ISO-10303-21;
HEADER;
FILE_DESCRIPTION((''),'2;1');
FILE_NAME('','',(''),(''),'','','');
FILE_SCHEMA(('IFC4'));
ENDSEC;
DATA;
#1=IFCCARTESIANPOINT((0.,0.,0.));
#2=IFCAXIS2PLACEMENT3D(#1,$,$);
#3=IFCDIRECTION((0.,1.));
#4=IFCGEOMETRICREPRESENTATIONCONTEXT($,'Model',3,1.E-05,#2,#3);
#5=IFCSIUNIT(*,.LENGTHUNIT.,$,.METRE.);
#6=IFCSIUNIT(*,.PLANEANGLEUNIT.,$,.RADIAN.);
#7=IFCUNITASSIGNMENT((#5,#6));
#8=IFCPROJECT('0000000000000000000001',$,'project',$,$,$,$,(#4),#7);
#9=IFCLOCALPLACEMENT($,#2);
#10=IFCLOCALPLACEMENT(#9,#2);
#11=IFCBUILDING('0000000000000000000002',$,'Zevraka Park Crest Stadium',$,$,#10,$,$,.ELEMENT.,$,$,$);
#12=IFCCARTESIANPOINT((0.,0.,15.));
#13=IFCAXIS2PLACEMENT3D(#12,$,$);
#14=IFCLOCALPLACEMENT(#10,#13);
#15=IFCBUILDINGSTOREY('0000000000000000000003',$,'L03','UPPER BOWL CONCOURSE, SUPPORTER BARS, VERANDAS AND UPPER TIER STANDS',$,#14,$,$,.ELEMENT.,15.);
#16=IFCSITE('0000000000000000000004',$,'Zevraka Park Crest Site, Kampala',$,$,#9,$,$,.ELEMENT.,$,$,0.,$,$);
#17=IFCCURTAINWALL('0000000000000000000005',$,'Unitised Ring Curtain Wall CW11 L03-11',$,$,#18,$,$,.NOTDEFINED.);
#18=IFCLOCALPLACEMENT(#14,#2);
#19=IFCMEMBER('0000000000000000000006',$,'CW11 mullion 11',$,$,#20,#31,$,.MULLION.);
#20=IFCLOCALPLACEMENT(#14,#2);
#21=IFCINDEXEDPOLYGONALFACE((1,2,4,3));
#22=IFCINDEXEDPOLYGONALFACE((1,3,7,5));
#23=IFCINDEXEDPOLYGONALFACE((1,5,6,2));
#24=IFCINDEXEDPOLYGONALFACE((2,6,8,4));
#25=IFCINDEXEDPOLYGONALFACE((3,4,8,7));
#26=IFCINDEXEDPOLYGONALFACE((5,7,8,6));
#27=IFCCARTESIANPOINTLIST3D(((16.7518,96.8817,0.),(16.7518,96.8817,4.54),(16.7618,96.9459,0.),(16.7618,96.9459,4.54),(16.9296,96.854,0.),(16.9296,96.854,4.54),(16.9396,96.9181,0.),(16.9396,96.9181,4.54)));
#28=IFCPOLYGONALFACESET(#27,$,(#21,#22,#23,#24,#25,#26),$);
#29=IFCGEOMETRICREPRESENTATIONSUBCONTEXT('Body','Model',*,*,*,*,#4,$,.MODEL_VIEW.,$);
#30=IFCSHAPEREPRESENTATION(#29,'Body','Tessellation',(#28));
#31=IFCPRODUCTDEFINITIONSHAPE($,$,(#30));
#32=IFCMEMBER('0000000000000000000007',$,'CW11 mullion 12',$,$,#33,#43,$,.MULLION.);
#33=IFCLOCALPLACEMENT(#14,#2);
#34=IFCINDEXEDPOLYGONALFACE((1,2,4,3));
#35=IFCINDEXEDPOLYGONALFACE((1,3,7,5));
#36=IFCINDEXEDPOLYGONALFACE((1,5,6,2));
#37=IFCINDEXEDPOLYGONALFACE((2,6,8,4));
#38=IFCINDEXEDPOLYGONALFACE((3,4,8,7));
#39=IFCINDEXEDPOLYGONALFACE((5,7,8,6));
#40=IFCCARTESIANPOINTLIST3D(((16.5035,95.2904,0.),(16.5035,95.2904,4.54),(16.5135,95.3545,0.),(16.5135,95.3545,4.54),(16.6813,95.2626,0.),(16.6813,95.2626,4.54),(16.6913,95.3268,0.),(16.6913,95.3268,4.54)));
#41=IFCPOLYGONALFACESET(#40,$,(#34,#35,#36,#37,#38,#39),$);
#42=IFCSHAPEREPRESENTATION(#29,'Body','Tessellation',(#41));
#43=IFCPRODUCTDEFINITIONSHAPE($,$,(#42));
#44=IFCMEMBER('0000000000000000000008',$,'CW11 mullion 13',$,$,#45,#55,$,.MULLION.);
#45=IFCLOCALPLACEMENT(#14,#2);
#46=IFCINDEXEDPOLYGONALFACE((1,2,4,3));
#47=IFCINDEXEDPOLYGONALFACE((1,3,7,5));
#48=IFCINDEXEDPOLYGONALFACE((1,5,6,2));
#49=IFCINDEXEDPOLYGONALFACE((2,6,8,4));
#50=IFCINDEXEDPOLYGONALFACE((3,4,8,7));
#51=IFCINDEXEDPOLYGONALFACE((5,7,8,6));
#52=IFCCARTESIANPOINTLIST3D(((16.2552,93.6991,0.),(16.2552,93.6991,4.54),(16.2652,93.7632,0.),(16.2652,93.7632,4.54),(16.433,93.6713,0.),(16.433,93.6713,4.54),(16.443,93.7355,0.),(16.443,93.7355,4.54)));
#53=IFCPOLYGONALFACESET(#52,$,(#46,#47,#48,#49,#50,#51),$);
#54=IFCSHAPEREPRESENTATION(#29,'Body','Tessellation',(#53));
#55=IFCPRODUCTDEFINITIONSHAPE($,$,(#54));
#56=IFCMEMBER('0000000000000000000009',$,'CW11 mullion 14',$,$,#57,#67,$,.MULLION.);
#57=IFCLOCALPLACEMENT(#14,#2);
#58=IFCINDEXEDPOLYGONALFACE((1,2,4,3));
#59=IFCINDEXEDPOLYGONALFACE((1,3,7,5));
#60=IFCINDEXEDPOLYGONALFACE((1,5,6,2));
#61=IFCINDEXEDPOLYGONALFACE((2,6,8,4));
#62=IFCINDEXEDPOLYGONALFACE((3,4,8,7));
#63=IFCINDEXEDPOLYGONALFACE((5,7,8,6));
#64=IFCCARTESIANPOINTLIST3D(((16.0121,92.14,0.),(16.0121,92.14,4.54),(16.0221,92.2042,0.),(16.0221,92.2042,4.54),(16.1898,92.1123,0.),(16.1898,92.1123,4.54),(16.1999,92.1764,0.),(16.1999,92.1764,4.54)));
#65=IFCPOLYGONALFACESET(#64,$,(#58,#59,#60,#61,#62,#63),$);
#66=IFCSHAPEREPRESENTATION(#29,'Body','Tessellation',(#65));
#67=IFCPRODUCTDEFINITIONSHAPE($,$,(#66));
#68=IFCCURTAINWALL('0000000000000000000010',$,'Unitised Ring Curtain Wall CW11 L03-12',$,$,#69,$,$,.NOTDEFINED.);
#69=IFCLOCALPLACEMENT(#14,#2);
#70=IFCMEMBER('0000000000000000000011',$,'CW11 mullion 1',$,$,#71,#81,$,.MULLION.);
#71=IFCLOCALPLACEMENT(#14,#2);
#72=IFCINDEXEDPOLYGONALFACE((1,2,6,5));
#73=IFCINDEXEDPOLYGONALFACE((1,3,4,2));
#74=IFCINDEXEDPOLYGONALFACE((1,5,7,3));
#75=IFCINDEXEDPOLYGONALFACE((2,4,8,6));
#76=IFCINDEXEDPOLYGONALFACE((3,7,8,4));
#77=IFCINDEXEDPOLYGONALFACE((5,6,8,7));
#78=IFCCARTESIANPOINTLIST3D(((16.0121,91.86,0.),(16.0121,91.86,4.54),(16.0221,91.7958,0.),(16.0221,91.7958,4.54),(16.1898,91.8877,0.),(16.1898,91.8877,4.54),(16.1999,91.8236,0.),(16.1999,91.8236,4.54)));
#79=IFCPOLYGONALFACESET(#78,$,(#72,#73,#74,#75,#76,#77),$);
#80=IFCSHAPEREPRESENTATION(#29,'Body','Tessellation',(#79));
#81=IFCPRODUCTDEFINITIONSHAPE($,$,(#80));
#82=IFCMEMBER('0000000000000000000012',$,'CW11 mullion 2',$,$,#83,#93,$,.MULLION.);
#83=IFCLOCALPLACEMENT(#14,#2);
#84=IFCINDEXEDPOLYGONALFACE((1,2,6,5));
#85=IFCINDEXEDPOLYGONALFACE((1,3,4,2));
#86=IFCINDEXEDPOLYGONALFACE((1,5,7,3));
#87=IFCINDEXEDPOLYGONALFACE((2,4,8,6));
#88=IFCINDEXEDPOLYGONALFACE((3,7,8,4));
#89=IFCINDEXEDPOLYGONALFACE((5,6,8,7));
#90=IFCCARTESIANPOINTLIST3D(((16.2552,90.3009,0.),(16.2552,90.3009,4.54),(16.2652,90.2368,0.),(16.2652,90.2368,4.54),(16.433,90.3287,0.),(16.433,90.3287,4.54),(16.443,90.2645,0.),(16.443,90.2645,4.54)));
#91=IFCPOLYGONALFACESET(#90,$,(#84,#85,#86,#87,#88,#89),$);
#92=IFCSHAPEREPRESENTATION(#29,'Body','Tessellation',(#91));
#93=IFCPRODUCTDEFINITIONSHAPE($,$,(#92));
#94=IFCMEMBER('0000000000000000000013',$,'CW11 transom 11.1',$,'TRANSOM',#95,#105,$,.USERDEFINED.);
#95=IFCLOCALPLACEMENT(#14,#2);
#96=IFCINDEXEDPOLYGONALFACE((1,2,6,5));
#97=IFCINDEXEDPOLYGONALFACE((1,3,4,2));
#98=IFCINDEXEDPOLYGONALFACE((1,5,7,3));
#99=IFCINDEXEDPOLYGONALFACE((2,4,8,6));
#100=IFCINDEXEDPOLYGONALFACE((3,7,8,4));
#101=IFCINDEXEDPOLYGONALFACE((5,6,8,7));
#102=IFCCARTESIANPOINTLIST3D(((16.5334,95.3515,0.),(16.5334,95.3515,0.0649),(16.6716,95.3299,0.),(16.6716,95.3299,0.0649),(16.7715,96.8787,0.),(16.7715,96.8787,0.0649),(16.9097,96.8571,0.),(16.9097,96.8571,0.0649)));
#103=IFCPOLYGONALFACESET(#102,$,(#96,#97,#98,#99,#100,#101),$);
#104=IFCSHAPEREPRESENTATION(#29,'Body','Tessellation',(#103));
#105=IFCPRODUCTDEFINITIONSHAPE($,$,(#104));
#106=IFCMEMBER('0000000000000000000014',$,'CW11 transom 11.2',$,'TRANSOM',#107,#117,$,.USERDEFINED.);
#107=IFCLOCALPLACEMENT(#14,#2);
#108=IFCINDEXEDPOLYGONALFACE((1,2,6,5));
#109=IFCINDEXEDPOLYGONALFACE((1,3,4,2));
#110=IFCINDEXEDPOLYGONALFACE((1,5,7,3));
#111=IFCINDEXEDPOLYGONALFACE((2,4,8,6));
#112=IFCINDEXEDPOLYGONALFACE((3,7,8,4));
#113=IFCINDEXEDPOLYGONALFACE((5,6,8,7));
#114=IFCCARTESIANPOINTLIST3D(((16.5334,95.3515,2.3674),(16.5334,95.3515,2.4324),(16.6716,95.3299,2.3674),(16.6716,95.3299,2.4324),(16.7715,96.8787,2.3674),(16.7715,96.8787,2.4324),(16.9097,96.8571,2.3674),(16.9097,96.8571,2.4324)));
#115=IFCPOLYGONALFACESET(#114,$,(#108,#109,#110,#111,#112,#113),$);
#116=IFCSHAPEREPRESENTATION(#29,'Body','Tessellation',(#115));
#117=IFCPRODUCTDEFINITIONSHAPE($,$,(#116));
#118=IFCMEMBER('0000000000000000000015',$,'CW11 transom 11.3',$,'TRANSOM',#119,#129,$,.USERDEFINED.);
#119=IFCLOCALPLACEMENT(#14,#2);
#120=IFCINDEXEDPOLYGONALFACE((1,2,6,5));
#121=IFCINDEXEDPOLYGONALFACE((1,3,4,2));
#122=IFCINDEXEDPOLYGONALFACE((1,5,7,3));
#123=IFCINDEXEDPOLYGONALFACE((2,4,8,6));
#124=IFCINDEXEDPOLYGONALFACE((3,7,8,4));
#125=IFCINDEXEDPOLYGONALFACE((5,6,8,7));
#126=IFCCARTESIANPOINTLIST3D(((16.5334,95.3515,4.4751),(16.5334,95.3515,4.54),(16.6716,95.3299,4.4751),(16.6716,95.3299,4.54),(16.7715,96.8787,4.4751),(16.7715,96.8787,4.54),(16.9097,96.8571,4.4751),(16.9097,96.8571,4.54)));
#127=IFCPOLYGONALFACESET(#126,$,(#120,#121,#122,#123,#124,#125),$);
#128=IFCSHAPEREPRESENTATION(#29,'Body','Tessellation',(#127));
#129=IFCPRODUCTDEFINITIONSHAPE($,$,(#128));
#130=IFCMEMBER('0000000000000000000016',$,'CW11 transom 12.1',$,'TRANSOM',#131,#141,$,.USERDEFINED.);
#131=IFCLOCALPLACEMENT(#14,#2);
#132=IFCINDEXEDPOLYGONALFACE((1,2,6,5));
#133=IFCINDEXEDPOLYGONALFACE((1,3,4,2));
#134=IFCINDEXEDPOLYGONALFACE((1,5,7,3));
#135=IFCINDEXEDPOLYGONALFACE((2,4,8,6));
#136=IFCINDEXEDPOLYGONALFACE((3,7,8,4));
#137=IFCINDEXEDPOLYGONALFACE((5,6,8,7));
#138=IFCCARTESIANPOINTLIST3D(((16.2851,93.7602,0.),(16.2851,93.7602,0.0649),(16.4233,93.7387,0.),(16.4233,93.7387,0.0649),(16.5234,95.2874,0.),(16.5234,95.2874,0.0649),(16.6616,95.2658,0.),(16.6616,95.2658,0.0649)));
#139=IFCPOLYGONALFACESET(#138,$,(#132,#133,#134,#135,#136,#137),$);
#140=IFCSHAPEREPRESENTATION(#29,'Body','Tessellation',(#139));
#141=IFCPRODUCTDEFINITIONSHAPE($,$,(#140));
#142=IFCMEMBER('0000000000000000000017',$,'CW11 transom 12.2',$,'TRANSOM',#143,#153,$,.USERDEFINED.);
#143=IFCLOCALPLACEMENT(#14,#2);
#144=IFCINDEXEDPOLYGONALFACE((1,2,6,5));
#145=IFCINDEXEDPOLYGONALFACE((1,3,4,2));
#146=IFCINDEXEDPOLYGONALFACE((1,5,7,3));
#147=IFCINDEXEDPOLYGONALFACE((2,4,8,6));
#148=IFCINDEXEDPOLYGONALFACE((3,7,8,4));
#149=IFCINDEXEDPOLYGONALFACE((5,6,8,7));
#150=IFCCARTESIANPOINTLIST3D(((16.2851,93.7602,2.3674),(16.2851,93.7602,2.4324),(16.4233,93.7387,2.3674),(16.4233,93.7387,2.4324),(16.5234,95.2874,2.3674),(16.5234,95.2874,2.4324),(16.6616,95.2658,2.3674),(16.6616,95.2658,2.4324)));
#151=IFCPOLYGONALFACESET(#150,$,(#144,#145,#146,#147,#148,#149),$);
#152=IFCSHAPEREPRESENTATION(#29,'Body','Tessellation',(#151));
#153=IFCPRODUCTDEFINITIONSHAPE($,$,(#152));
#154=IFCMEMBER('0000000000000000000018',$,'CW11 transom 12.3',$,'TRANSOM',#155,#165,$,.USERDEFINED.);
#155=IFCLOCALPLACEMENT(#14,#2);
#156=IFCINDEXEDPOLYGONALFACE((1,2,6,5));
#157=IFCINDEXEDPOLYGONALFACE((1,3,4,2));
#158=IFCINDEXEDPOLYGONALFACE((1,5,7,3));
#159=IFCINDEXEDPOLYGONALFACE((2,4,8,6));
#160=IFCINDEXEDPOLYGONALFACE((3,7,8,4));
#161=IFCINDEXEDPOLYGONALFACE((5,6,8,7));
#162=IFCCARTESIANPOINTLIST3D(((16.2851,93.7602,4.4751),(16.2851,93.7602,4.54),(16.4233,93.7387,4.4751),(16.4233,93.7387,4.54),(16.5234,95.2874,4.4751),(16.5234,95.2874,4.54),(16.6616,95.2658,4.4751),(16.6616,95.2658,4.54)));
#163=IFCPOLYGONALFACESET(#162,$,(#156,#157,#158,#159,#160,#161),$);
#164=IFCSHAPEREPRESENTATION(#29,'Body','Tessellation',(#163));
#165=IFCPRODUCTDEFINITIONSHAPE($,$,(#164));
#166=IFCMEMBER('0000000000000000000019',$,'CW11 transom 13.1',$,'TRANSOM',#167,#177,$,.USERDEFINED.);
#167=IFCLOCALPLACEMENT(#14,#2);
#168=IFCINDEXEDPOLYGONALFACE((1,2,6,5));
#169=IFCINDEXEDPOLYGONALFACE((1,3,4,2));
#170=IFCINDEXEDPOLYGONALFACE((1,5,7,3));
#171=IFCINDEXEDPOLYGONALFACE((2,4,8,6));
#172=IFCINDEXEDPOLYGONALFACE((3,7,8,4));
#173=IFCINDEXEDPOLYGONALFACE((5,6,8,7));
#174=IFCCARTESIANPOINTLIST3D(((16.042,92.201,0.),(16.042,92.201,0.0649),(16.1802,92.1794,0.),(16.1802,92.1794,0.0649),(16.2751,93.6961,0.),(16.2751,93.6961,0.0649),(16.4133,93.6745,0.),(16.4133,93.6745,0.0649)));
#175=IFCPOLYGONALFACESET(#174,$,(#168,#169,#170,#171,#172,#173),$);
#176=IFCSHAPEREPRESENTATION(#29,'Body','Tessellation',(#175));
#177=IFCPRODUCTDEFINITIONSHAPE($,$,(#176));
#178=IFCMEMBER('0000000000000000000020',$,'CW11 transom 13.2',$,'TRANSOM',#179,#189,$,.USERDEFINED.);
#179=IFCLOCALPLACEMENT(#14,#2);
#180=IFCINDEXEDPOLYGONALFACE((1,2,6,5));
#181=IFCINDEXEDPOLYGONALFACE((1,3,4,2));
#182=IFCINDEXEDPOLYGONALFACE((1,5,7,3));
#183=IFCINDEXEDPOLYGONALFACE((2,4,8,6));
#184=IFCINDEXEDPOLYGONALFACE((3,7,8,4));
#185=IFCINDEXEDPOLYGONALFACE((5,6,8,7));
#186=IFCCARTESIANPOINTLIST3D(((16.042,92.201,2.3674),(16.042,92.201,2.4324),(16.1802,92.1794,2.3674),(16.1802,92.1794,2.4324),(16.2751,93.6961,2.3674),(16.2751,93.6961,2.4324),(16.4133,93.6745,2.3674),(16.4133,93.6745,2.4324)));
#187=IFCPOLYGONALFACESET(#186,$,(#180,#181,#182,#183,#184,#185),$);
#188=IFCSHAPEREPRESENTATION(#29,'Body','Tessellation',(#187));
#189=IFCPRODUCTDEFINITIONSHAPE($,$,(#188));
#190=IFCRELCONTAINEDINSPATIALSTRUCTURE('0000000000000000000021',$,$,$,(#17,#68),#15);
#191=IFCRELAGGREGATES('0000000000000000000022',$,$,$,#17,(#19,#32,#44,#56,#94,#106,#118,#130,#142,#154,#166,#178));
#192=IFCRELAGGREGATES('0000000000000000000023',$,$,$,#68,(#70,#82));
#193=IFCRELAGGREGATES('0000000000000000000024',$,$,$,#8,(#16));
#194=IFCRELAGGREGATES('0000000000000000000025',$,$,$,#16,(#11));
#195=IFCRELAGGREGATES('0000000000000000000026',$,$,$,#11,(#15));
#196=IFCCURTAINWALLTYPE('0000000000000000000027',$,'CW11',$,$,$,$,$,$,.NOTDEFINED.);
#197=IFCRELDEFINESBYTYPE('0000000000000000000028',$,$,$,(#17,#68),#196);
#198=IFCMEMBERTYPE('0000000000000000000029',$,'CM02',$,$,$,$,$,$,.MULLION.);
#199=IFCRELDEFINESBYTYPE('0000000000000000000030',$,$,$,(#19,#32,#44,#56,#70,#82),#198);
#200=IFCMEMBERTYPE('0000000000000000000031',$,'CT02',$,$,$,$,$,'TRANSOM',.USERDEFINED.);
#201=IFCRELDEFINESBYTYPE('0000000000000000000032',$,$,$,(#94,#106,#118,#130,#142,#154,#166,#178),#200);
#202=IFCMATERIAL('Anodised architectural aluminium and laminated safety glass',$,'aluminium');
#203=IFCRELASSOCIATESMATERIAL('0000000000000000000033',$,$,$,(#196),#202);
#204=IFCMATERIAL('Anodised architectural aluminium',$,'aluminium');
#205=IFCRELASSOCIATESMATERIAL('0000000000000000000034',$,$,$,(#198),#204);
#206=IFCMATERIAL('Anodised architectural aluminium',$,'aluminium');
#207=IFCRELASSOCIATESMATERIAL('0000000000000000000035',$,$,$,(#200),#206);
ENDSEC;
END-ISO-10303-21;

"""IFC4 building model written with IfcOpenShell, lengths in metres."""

from ifc_helpers import new_model, si_unit, direction, frame, origin, origin_2d, place, context, subcontext, project, spatial, rectangle, extrude, material, material_profile, profile_set, type_object, element, aggregate, save


model = new_model("IFC4")

# Units and contexts
model_context = context("Model", 3, precision=1e-05, world=origin(), true_north=direction((0.0, 1.0)))
body_context = subcontext(model_context, "Body", "Model", "MODEL_VIEW")
ifc_project = project(units=[si_unit("LENGTHUNIT", "METRE"), si_unit("PLANEANGLEUNIT", "RADIAN")], contexts=[model_context])

# Site, building, storey
site_placement = place(None, origin())
site = spatial("IfcSite", under=ifc_project, at=site_placement, Name="Zevraka Park Crest Site, Kampala", CompositionType="ELEMENT", RefElevation=0.0)
building_placement = place(site_placement, origin())
building = spatial("IfcBuilding", under=site, at=building_placement, Name="Zevraka Park Crest Stadium", CompositionType="ELEMENT")
storey_placement = place(building_placement, frame((0.0, 0.0, 15.0)))
storey = spatial("IfcBuildingStorey", under=building, at=storey_placement, Name="L03", Description="UPPER BOWL CONCOURSE, SUPPORTER BARS, VERANDAS AND UPPER TIER STANDS", CompositionType="ELEMENT", Elevation=15.0)

# Curtain walls, members
ifc_material_1 = material(Name="Anodised architectural aluminium and laminated safety glass", Category="aluminium")
curtain_wall_type = type_object("IfcCurtainWallType", Name="CW11", PredefinedType="NOTDEFINED", material=ifc_material_1)
curtain_wall_1_placement = place(storey_placement, origin())
curtain_wall_1 = element("IfcCurtainWall", 1, at=curtain_wall_1_placement, inside=storey, type_object=curtain_wall_type, Name="Unitised Ring Curtain Wall CW11 L03-11", PredefinedType="NOTDEFINED")
ifc_material_2 = material(Name="Anodised architectural aluminium", Category="aluminium")
ifc_material_profile_1 = material_profile(ifc_material_2, rectangle(XDim=0.1799, YDim=0.0649, at=origin_2d()), Name="ALU MULLION 180x65")
ifc_profile_set_1 = profile_set([ifc_material_profile_1], Name="Anodised architectural aluminium")
member_type_1 = type_object("IfcMemberType", Name="CM02", PredefinedType="MULLION", material=ifc_profile_set_1)
member_1_placement = place(storey_placement, frame((16.8457, 96.8999, 0.0), z_axis=(0.0, 0.0, 1.0), x_axis=(0.988051, -0.154128, 0.0)))
member_1 = element("IfcMember", 2, at=member_1_placement, type_object=member_type_1, Name="CW11 mullion 11", PredefinedType="MULLION", context=body_context, shape_type="SweptSolid", body=[
    extrude(rectangle(XDim=0.1799, YDim=0.0649, at=origin_2d()), origin(), (0.0, 0.0, 1.0), 4.54),
])
member_2_placement = place(storey_placement, frame((16.5974, 95.3086, 0.0), z_axis=(0.0, 0.0, 1.0), x_axis=(0.988051, -0.154128, 0.0)))
member_2 = element("IfcMember", 3, at=member_2_placement, type_object=member_type_1, Name="CW11 mullion 12", PredefinedType="MULLION", context=body_context, shape_type="SweptSolid", body=[
    extrude(rectangle(XDim=0.1799, YDim=0.0649, at=origin_2d()), origin(), (0.0, 0.0, 1.0), 4.54),
])
member_3_placement = place(storey_placement, frame((16.3491, 93.7173, 0.0), z_axis=(0.0, 0.0, 1.0), x_axis=(0.988051, -0.154128, 0.0)))
member_3 = element("IfcMember", 4, at=member_3_placement, type_object=member_type_1, Name="CW11 mullion 13", PredefinedType="MULLION", context=body_context, shape_type="SweptSolid", body=[
    extrude(rectangle(XDim=0.1799, YDim=0.0649, at=origin_2d()), origin(), (0.0, 0.0, 1.0), 4.54),
])
member_4_placement = place(storey_placement, frame((16.106, 92.1582, 0.0), z_axis=(0.0, 0.0, 1.0), x_axis=(0.988051, -0.154128, 0.0)))
member_4 = element("IfcMember", 5, at=member_4_placement, type_object=member_type_1, Name="CW11 mullion 14", PredefinedType="MULLION", context=body_context, shape_type="SweptSolid", body=[
    extrude(rectangle(XDim=0.1799, YDim=0.0649, at=origin_2d()), origin(), (0.0, 0.0, 1.0), 4.54),
])
curtain_wall_2_placement = place(storey_placement, origin())
curtain_wall_2 = element("IfcCurtainWall", 6, at=curtain_wall_2_placement, inside=storey, type_object=curtain_wall_type, Name="Unitised Ring Curtain Wall CW11 L03-12", PredefinedType="NOTDEFINED")
member_5_placement = place(storey_placement, frame((16.106, 91.8418, 0.0), z_axis=(0.0, 0.0, 1.0), x_axis=(0.988051, 0.154128, 0.0)))
member_5 = element("IfcMember", 7, at=member_5_placement, type_object=member_type_1, Name="CW11 mullion 1", PredefinedType="MULLION", context=body_context, shape_type="SweptSolid", body=[
    extrude(rectangle(XDim=0.1799, YDim=0.0649, at=origin_2d()), origin(), (0.0, 0.0, 1.0), 4.54),
])
member_6_placement = place(storey_placement, frame((16.3491, 90.2827, 0.0), z_axis=(0.0, 0.0, 1.0), x_axis=(0.988051, 0.154128, 0.0)))
member_6 = element("IfcMember", 8, at=member_6_placement, type_object=member_type_1, Name="CW11 mullion 2", PredefinedType="MULLION", context=body_context, shape_type="SweptSolid", body=[
    extrude(rectangle(XDim=0.1799, YDim=0.0649, at=origin_2d()), origin(), (0.0, 0.0, 1.0), 4.54),
])

# Members
ifc_material_3 = material(Name="Anodised architectural aluminium", Category="aluminium")
ifc_material_profile_2 = material_profile(ifc_material_3, rectangle(XDim=0.1399, YDim=0.0649, at=origin_2d()), Name="ALU TRANSOM 140x65")
ifc_profile_set_2 = profile_set([ifc_material_profile_2], Name="Anodised architectural aluminium")
member_type_2 = type_object("IfcMemberType", Name="CT02", ElementType="TRANSOM", PredefinedType="USERDEFINED", material=ifc_profile_set_2)
member_7_placement = place(storey_placement, frame((16.8406, 96.8679, 0.0325), z_axis=(-0.154015, -0.988068, 0.0), x_axis=(0.988068, -0.154015, 0.0)))
member_7 = element("IfcMember", 9, at=member_7_placement, type_object=member_type_2, Name="CW11 transom 11.1", ObjectType="TRANSOM", PredefinedType="USERDEFINED", context=body_context, shape_type="SweptSolid", body=[
    extrude(rectangle(XDim=0.1399, YDim=0.0649, at=origin_2d()), origin(), (0.0, 0.0, 1.0), 1.5457),
])
member_8_placement = place(storey_placement, frame((16.8406, 96.8679, 2.3999), z_axis=(-0.154015, -0.988068, 0.0), x_axis=(0.988068, -0.154015, 0.0)))
member_8 = element("IfcMember", 10, at=member_8_placement, type_object=member_type_2, Name="CW11 transom 11.2", ObjectType="TRANSOM", PredefinedType="USERDEFINED", context=body_context, shape_type="SweptSolid", body=[
    extrude(rectangle(XDim=0.1399, YDim=0.0649, at=origin_2d()), origin(), (0.0, 0.0, 1.0), 1.5457),
])
member_9_placement = place(storey_placement, frame((16.8406, 96.8679, 4.5076), z_axis=(-0.154015, -0.988068, 0.0), x_axis=(0.988068, -0.154015, 0.0)))
member_9 = element("IfcMember", 11, at=member_9_placement, type_object=member_type_2, Name="CW11 transom 11.3", ObjectType="TRANSOM", PredefinedType="USERDEFINED", context=body_context, shape_type="SweptSolid", body=[
    extrude(rectangle(XDim=0.1399, YDim=0.0649, at=origin_2d()), origin(), (0.0, 0.0, 1.0), 1.5457),
])
member_10_placement = place(storey_placement, frame((16.5925, 95.2766, 0.0325), z_axis=(-0.15417, -0.988044, 0.0), x_axis=(0.988044, -0.15417, 0.0)))
member_10 = element("IfcMember", 12, at=member_10_placement, type_object=member_type_2, Name="CW11 transom 12.1", ObjectType="TRANSOM", PredefinedType="USERDEFINED", context=body_context, shape_type="SweptSolid", body=[
    extrude(rectangle(XDim=0.1399, YDim=0.0649, at=origin_2d()), origin(), (0.0, 0.0, 1.0), 1.5457),
])
member_11_placement = place(storey_placement, frame((16.5925, 95.2766, 2.3999), z_axis=(-0.15417, -0.988044, 0.0), x_axis=(0.988044, -0.15417, 0.0)))
member_11 = element("IfcMember", 13, at=member_11_placement, type_object=member_type_2, Name="CW11 transom 12.2", ObjectType="TRANSOM", PredefinedType="USERDEFINED", context=body_context, shape_type="SweptSolid", body=[
    extrude(rectangle(XDim=0.1399, YDim=0.0649, at=origin_2d()), origin(), (0.0, 0.0, 1.0), 1.5457),
])
member_12_placement = place(storey_placement, frame((16.5925, 95.2766, 4.5076), z_axis=(-0.15417, -0.988044, 0.0), x_axis=(0.988044, -0.15417, 0.0)))
member_12 = element("IfcMember", 14, at=member_12_placement, type_object=member_type_2, Name="CW11 transom 12.3", ObjectType="TRANSOM", PredefinedType="USERDEFINED", context=body_context, shape_type="SweptSolid", body=[
    extrude(rectangle(XDim=0.1399, YDim=0.0649, at=origin_2d()), origin(), (0.0, 0.0, 1.0), 1.5457),
])
member_13_placement = place(storey_placement, frame((16.3442, 93.6853, 0.0325), z_axis=(-0.154082, -0.988058, 0.0), x_axis=(0.988058, -0.154082, 0.0)))
member_13 = element("IfcMember", 15, at=member_13_placement, type_object=member_type_2, Name="CW11 transom 13.1", ObjectType="TRANSOM", PredefinedType="USERDEFINED", context=body_context, shape_type="SweptSolid", body=[
    extrude(rectangle(XDim=0.1399, YDim=0.0649, at=origin_2d()), origin(), (0.0, 0.0, 1.0), 1.5132),
])
member_14_placement = place(storey_placement, frame((16.3442, 93.6853, 2.3999), z_axis=(-0.154082, -0.988058, 0.0), x_axis=(0.988058, -0.154082, 0.0)))
member_14 = element("IfcMember", 16, at=member_14_placement, type_object=member_type_2, Name="CW11 transom 13.2", ObjectType="TRANSOM", PredefinedType="USERDEFINED", context=body_context, shape_type="SweptSolid", body=[
    extrude(rectangle(XDim=0.1399, YDim=0.0649, at=origin_2d()), origin(), (0.0, 0.0, 1.0), 1.5132),
])

aggregate(curtain_wall_1, [member_1, member_2, member_3, member_4, member_7, member_8, member_9, member_10, member_11, member_12, member_13, member_14])
aggregate(curtain_wall_2, [member_5, member_6])

save(model, "model.ifc")
